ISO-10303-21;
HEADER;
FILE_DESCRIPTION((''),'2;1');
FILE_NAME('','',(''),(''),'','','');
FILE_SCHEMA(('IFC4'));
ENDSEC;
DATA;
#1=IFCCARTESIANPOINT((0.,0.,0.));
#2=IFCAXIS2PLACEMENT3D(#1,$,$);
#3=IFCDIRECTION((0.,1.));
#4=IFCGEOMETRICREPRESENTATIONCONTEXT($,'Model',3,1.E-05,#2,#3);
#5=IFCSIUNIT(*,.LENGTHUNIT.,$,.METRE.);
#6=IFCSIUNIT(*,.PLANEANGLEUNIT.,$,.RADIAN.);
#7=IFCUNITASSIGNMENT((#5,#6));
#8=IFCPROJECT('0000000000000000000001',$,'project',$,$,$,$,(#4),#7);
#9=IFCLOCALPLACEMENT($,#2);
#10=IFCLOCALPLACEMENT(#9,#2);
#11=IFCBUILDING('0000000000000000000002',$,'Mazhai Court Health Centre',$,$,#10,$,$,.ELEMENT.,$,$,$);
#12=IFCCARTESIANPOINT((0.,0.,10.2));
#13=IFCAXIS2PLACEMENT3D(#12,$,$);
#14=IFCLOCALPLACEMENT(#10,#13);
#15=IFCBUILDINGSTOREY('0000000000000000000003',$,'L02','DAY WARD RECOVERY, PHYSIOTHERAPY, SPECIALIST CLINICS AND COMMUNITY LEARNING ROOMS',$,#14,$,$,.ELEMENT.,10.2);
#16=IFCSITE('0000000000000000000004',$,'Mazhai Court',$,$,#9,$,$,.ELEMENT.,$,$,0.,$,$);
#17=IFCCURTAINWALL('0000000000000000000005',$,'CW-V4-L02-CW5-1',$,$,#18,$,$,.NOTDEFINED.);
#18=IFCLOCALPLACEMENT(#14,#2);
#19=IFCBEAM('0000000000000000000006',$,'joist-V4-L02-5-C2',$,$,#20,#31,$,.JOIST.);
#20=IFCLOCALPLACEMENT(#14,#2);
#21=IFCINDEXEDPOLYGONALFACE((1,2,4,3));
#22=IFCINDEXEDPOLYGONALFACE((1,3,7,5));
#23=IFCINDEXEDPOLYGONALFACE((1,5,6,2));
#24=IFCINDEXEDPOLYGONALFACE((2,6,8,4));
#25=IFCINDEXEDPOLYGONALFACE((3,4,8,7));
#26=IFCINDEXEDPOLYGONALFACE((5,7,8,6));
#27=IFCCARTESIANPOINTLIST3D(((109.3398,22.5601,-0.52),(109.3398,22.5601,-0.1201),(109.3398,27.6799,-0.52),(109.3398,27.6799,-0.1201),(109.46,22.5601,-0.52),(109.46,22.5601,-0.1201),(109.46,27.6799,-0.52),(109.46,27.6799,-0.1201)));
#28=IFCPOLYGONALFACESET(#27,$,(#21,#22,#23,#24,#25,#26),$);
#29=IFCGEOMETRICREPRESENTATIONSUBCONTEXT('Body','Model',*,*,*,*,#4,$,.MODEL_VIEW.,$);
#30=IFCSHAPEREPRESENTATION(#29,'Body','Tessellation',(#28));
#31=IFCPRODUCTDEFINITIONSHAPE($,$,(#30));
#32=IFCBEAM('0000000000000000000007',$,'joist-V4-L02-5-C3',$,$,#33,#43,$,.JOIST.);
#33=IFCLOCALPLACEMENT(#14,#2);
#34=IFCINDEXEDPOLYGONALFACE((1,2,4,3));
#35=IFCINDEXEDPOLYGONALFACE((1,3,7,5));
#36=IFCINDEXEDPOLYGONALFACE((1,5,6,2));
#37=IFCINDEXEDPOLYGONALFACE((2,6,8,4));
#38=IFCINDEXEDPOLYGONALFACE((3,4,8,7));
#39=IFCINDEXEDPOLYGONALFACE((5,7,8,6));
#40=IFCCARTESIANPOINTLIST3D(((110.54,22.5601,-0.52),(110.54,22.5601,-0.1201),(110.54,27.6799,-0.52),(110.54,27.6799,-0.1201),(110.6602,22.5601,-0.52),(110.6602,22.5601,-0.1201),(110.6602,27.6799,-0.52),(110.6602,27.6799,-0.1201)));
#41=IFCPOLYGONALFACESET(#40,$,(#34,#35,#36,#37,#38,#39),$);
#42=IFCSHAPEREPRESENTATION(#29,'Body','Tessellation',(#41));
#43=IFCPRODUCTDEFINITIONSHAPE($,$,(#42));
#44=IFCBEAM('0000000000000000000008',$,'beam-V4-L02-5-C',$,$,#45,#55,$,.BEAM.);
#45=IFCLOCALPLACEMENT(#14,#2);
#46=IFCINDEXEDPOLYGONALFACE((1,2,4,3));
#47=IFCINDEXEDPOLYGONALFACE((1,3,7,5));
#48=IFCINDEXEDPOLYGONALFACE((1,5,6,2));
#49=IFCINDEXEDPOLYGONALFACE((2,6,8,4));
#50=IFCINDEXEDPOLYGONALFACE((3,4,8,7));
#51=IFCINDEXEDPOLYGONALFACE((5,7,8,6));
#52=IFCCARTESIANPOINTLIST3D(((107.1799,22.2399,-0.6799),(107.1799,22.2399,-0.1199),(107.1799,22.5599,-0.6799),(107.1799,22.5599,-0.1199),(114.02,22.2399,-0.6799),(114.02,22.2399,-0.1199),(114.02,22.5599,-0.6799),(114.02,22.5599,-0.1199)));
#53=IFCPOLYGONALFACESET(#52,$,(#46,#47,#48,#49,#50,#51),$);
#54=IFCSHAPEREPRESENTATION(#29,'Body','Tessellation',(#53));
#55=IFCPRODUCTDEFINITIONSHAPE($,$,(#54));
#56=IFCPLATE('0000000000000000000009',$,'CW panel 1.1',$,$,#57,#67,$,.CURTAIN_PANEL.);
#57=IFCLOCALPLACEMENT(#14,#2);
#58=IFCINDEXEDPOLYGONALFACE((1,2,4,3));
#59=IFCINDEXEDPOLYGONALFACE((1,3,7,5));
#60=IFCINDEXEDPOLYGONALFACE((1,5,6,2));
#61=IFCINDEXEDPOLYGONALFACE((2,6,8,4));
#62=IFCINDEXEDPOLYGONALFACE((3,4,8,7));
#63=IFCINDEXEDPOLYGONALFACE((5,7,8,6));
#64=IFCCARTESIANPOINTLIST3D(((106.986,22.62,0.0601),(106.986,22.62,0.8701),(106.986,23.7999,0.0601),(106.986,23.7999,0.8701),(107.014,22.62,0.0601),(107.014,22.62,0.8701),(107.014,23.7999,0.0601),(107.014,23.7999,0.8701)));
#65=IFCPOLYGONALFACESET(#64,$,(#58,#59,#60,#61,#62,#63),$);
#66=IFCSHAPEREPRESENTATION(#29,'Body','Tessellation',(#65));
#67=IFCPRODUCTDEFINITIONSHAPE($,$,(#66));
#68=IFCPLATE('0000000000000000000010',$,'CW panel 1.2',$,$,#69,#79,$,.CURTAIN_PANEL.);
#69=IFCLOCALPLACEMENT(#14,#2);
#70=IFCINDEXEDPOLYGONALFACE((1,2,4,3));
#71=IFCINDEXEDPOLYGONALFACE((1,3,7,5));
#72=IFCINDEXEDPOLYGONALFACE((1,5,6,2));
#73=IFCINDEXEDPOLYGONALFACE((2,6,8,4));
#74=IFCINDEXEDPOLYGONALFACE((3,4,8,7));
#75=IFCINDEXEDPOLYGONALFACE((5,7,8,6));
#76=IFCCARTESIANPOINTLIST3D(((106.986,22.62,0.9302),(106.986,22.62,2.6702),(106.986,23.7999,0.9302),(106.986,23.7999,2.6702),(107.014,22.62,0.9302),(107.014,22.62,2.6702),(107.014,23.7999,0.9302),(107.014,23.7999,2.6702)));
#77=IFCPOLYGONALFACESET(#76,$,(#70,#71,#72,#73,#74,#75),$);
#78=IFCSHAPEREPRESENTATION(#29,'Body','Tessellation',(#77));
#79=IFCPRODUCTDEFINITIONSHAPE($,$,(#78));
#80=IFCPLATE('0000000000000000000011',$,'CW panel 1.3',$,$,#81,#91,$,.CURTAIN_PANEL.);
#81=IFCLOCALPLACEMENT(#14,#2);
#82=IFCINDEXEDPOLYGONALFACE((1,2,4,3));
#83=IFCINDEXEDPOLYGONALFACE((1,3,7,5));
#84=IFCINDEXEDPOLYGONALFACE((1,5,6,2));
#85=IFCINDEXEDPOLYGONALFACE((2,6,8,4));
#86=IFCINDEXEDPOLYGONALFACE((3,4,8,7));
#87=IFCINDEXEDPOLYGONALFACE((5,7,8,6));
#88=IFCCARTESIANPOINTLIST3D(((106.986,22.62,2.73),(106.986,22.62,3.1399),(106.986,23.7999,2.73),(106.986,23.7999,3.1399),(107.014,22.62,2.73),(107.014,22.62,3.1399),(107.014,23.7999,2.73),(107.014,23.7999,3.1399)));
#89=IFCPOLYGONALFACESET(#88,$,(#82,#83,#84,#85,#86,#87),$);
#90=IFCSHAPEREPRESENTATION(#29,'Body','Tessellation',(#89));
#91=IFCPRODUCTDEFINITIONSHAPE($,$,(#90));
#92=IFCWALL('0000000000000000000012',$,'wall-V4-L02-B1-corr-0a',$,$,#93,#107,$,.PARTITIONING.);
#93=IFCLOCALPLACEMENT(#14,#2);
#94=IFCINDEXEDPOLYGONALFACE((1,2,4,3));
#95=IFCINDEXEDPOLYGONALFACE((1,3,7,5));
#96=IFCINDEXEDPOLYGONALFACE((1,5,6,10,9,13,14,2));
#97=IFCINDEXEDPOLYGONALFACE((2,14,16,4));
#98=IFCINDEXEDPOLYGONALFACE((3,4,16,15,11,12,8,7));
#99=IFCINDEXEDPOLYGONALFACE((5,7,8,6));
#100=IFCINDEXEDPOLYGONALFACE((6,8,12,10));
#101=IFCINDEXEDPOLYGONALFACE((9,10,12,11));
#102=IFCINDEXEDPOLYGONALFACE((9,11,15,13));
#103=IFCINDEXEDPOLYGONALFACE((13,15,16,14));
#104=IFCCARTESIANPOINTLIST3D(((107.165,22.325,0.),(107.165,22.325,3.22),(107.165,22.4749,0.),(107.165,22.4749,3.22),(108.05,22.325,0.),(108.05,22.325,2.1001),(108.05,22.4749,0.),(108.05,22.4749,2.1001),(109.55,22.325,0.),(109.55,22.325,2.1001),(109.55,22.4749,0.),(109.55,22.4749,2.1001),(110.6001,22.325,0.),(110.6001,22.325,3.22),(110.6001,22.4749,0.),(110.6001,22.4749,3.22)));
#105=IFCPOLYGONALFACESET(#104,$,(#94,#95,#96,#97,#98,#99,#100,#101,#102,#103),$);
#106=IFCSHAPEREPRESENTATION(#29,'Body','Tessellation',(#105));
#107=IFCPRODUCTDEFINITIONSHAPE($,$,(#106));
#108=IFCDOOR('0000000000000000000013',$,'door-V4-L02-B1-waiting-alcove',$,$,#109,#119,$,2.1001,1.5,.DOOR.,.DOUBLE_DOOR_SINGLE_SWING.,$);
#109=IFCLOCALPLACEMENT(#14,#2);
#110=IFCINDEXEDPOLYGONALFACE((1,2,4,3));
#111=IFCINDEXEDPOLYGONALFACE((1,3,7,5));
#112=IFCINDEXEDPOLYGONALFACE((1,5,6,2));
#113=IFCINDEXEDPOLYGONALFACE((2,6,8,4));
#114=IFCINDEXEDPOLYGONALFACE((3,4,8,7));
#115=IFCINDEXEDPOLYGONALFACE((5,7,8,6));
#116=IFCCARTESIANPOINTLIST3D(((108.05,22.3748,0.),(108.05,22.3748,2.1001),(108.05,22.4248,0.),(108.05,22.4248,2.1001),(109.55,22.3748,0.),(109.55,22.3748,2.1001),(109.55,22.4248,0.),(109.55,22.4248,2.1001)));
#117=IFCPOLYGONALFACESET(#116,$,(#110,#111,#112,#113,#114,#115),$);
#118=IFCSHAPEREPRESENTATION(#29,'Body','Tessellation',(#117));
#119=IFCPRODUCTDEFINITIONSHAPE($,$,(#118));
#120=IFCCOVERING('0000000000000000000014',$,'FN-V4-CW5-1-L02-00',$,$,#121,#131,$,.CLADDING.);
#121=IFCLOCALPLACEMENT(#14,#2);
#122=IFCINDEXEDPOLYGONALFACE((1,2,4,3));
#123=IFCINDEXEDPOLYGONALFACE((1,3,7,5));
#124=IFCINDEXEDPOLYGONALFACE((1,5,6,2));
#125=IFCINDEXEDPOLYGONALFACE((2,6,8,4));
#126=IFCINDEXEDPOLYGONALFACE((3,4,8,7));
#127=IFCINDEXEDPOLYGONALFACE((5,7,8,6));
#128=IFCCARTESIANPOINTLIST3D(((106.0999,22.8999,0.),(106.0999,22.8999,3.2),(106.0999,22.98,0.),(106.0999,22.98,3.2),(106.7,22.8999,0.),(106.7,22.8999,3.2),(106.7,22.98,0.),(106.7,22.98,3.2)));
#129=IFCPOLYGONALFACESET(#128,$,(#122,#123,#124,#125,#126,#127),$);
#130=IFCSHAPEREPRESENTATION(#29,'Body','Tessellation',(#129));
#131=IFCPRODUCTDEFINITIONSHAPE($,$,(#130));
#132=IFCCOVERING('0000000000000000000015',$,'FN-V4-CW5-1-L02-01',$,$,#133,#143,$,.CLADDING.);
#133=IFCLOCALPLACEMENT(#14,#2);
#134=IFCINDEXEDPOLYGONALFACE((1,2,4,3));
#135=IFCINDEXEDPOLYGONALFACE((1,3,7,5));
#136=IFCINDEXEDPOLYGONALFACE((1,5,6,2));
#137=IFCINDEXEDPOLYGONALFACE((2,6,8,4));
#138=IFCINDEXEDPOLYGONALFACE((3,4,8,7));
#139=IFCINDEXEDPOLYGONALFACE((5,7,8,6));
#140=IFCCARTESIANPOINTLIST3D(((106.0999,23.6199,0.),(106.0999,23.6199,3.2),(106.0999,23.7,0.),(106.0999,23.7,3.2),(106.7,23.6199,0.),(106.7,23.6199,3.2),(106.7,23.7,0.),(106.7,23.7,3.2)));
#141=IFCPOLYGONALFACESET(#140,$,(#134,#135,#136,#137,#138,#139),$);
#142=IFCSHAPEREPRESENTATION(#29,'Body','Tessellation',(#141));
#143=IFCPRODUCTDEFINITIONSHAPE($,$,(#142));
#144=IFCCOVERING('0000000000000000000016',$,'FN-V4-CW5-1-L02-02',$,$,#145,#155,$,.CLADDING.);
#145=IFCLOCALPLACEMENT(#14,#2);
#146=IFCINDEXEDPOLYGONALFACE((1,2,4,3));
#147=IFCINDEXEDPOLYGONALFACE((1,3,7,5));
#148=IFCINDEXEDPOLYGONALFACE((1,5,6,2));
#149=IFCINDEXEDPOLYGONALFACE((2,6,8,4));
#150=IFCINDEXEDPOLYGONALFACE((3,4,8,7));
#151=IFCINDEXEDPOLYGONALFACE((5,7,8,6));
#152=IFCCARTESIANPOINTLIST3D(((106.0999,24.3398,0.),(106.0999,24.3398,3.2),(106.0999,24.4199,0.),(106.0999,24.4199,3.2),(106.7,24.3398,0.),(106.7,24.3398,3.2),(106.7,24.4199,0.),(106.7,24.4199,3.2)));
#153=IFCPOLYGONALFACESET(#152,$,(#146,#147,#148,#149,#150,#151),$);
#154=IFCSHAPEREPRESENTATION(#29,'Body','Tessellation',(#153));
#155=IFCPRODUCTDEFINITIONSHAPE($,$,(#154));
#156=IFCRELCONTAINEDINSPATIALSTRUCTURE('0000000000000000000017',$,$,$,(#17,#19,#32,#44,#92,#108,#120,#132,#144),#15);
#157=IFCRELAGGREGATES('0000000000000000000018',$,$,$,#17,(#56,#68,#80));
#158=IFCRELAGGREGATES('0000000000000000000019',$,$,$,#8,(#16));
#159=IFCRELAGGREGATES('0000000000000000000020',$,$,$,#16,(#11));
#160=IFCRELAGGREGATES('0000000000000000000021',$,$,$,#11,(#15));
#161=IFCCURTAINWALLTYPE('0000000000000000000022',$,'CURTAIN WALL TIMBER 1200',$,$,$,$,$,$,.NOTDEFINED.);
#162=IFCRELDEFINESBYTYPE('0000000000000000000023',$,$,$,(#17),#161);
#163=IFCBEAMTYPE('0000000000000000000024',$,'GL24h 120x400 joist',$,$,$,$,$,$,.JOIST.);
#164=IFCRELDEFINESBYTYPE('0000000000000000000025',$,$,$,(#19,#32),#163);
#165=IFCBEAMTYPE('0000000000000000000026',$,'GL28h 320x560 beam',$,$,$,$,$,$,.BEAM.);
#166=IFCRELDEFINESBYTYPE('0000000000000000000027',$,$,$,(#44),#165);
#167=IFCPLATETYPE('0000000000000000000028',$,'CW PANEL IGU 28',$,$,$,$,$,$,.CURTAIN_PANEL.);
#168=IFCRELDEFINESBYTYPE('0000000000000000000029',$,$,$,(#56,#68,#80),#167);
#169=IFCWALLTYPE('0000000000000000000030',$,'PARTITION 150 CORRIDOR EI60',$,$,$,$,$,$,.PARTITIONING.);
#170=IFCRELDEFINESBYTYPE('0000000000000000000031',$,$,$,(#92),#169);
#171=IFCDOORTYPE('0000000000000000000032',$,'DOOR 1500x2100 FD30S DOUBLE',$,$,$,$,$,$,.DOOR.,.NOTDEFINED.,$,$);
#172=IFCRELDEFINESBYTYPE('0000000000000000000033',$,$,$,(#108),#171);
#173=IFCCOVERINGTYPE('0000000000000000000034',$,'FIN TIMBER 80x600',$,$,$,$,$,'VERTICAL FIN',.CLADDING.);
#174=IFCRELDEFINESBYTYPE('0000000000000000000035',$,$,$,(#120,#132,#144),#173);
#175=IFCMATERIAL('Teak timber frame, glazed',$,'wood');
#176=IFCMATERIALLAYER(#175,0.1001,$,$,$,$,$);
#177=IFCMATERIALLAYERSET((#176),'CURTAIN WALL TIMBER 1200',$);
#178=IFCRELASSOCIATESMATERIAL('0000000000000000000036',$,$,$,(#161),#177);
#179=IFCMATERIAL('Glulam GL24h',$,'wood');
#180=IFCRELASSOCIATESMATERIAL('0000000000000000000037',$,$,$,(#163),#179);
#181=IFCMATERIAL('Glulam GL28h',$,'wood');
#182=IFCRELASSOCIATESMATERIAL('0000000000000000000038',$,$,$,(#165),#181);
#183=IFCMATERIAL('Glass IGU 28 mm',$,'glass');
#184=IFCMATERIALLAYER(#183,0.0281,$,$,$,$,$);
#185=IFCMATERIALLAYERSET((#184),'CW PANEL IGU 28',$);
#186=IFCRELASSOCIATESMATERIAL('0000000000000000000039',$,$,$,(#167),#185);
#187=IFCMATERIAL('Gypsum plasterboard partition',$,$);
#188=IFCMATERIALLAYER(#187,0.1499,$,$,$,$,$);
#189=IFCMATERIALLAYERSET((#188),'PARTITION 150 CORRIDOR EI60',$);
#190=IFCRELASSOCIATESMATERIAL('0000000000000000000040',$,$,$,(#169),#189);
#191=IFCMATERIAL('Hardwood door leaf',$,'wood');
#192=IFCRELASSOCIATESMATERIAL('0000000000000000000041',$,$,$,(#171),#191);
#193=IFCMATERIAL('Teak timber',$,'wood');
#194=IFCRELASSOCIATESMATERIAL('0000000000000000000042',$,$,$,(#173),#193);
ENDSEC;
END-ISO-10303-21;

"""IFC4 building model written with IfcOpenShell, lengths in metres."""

from ifc_helpers import new_model, si_unit, direction, frame, frame_2d, origin, origin_2d, place, context, subcontext, project, spatial, rectangle, extrude, material, layer, layer_set, material_profile, profile_set, type_object, element, fill, aggregate, save


model = new_model("IFC4")

# Units and contexts
model_context = context("Model", 3, precision=1e-05, world=origin(), true_north=direction((0.0, 1.0)))
body_context = subcontext(model_context, "Body", "Model", "MODEL_VIEW")
ifc_project = project(units=[si_unit("LENGTHUNIT", "METRE"), si_unit("PLANEANGLEUNIT", "RADIAN")], contexts=[model_context])

# Site, building, storey
site_placement = place(None, origin())
site = spatial("IfcSite", under=ifc_project, at=site_placement, Name="Mazhai Court", CompositionType="ELEMENT", RefElevation=0.0)
building_placement = place(site_placement, origin())
building = spatial("IfcBuilding", under=site, at=building_placement, Name="Mazhai Court Health Centre", CompositionType="ELEMENT")
storey_placement = place(building_placement, frame((0.0, 0.0, 10.2)))
storey = spatial("IfcBuildingStorey", under=building, at=storey_placement, Name="L02", Description="DAY WARD RECOVERY, PHYSIOTHERAPY, SPECIALIST CLINICS AND COMMUNITY LEARNING ROOMS", CompositionType="ELEMENT", Elevation=10.2)

# Curtain wall
ifc_material_1 = material(Name="Teak timber frame, glazed", Category="wood")
ifc_layer_1 = layer(ifc_material_1, 0.1001)
ifc_layer_set_1 = layer_set([ifc_layer_1], Name="CURTAIN WALL TIMBER 1200")
curtain_wall_type = type_object("IfcCurtainWallType", Name="CURTAIN WALL TIMBER 1200", PredefinedType="NOTDEFINED", material=ifc_layer_set_1)
curtain_wall_1_placement = place(storey_placement, origin())
curtain_wall_1 = element("IfcCurtainWall", 1, at=curtain_wall_1_placement, inside=storey, type_object=curtain_wall_type, Name="CW-V4-L02-CW5-1", PredefinedType="NOTDEFINED")

# Beams
ifc_material_2 = material(Name="Glulam GL24h", Category="wood")
ifc_material_profile_1 = material_profile(ifc_material_2, rectangle(XDim=0.1201, YDim=0.3999, at=origin_2d()), Name="GL24h 120x400")
ifc_profile_set_1 = profile_set([ifc_material_profile_1], Name="Glulam GL24h")
beam_type_1 = type_object("IfcBeamType", Name="GL24h 120x400 joist", PredefinedType="JOIST", material=ifc_profile_set_1)
for number, where, z_axis, x_axis, name in (
    (2, (109.3999, 22.5601, -0.3201), (0.0, 1.0, 0.0), (-1.0, 0.0, 0.0), "joist-V4-L02-5-C2"),
    (3, (110.6001, 22.5601, -0.3201), (0.0, 1.0, 0.0), (-1.0, 0.0, 0.0), "joist-V4-L02-5-C3"),
):
    element("IfcBeam", number, at=place(storey_placement, frame(where, z_axis=z_axis, x_axis=x_axis)), inside=storey, type_object=beam_type_1, Name=name, PredefinedType="JOIST", context=body_context, shape_type="SweptSolid", body=[
        extrude(rectangle(XDim=0.1201, YDim=0.3999, at=origin_2d()), origin(), (0.0, 0.0, 1.0), 5.1199),
    ])
ifc_material_3 = material(Name="Glulam GL28h", Category="wood")
ifc_material_profile_2 = material_profile(ifc_material_3, rectangle(XDim=0.3201, YDim=0.5601, at=origin_2d()), Name="GL28h 320x560")
ifc_profile_set_2 = profile_set([ifc_material_profile_2], Name="Glulam GL28h")
beam_type_2 = type_object("IfcBeamType", Name="GL28h 320x560 beam", PredefinedType="BEAM", material=ifc_profile_set_2)
beam_placement = place(storey_placement, frame((107.1799, 22.3999, -0.3999), z_axis=(1.0, 0.0, 0.0), x_axis=(0.0, 1.0, 0.0)))
element("IfcBeam", 4, at=beam_placement, inside=storey, type_object=beam_type_2, Name="beam-V4-L02-5-C", PredefinedType="BEAM", context=body_context, shape_type="SweptSolid", body=[
    extrude(rectangle(XDim=0.3201, YDim=0.5601, at=origin_2d()), origin(), (0.0, 0.0, 1.0), 6.8401),
])

# Plates
ifc_material_4 = material(Name="Glass IGU 28 mm", Category="glass")
ifc_layer_2 = layer(ifc_material_4, 0.0281)
ifc_layer_set_2 = layer_set([ifc_layer_2], Name="CW PANEL IGU 28")
plate_type = type_object("IfcPlateType", Name="CW PANEL IGU 28", PredefinedType="CURTAIN_PANEL", material=ifc_layer_set_2)
plate_1_placement = place(storey_placement, frame((107.0, 23.21, 0.0601), z_axis=(0.0, 0.0, 1.0), x_axis=(0.0, 1.0, 0.0)))
plate_1 = element("IfcPlate", 5, at=plate_1_placement, type_object=plate_type, Name="CW panel 1.1", PredefinedType="CURTAIN_PANEL", context=body_context, shape_type="SweptSolid", body=[
    extrude(rectangle(XDim=1.1799, YDim=0.0281, at=origin_2d()), origin(), (0.0, 0.0, 1.0), 0.8101),
])
plate_2_placement = place(storey_placement, frame((107.0, 23.21, 0.9302), z_axis=(0.0, 0.0, 1.0), x_axis=(0.0, 1.0, 0.0)))
plate_2 = element("IfcPlate", 6, at=plate_2_placement, type_object=plate_type, Name="CW panel 1.2", PredefinedType="CURTAIN_PANEL", context=body_context, shape_type="SweptSolid", body=[
    extrude(rectangle(XDim=1.1799, YDim=0.0281, at=origin_2d()), origin(), (0.0, 0.0, 1.0), 1.74),
])
plate_3_placement = place(storey_placement, frame((107.0, 23.21, 2.73), z_axis=(0.0, 0.0, 1.0), x_axis=(0.0, 1.0, 0.0)))
plate_3 = element("IfcPlate", 7, at=plate_3_placement, type_object=plate_type, Name="CW panel 1.3", PredefinedType="CURTAIN_PANEL", context=body_context, shape_type="SweptSolid", body=[
    extrude(rectangle(XDim=1.1799, YDim=0.0281, at=origin_2d()), origin(), (0.0, 0.0, 1.0), 0.4099),
])
aggregate(curtain_wall_1, [plate_1, plate_2, plate_3])

# Wall, opening, door
ifc_material_5 = material(Name="Gypsum plasterboard partition")
ifc_layer_3 = layer(ifc_material_5, 0.1499)
ifc_layer_set_3 = layer_set([ifc_layer_3], Name="PARTITION 150 CORRIDOR EI60")
wall_type = type_object("IfcWallType", Name="PARTITION 150 CORRIDOR EI60", PredefinedType="PARTITIONING", material=ifc_layer_set_3)
wall_placement = place(storey_placement, frame((107.165, 22.3999, 0.0), z_axis=(0.0, 0.0, 1.0), x_axis=(1.0, 0.0, 0.0)))
wall = element("IfcWall", 8, at=wall_placement, inside=storey, type_object=wall_type, Name="wall-V4-L02-B1-corr-0a", PredefinedType="PARTITIONING", context=body_context, shape_type="SweptSolid", body=[
    extrude(rectangle(XDim=3.4351, YDim=0.1499, at=frame_2d((1.7175, 0.0))), origin(), (0.0, 0.0, 1.0), 3.22),
])
opening_placement = place(wall_placement, frame((0.885, 0.0, 0.0)))
opening = element("IfcOpeningElement", 9, at=opening_placement, cuts=wall, PredefinedType="OPENING", context=body_context, shape_type="SweptSolid", body=[
    extrude(rectangle(XDim=1.5, YDim=2.1001, at=frame_2d((0.75, 1.05))), frame((0.0, 0.085, 0.0), z_axis=(0.0, -1.0, 0.0), x_axis=(1.0, 0.0, 0.0)), (0.0, 0.0, 1.0), 0.1699),
])
ifc_material_6 = material(Name="Hardwood door leaf", Category="wood")
door_type = type_object("IfcDoorType", Name="DOOR 1500x2100 FD30S DOUBLE", OperationType="NOTDEFINED", PredefinedType="DOOR", material=ifc_material_6)
door_placement = place(opening_placement, origin())
door = element("IfcDoor", 10, at=door_placement, inside=storey, type_object=door_type, Name="door-V4-L02-B1-waiting-alcove", OperationType="DOUBLE_DOOR_SINGLE_SWING", OverallHeight=2.1001, OverallWidth=1.5, PredefinedType="DOOR", context=body_context, shape_type="SweptSolid", body=[
    extrude(rectangle(XDim=1.5, YDim=2.1001, at=frame_2d((0.75, 1.05))), frame((0.0, 0.0249, 0.0), z_axis=(0.0, -1.0, 0.0), x_axis=(1.0, 0.0, 0.0)), (0.0, 0.0, 1.0), 0.05),
])
fill(opening, door)

# Coverings
ifc_material_7 = material(Name="Teak timber", Category="wood")
covering_type = type_object("IfcCoveringType", Name="FIN TIMBER 80x600", ElementType="VERTICAL FIN", PredefinedType="CLADDING", material=ifc_material_7)
for number, where, z_axis, x_axis, name in (
    (11, (106.3999, 22.9399, 0.0), (0.0, 0.0, 1.0), (0.0, 1.0, 0.0), "FN-V4-CW5-1-L02-00"),
    (12, (106.3999, 23.6599, 0.0), (0.0, 0.0, 1.0), (0.0, 1.0, 0.0), "FN-V4-CW5-1-L02-01"),
    (13, (106.3999, 24.3799, 0.0), (0.0, 0.0, 1.0), (0.0, 1.0, 0.0), "FN-V4-CW5-1-L02-02"),
):
    element("IfcCovering", number, at=place(storey_placement, frame(where, z_axis=z_axis, x_axis=x_axis)), inside=storey, type_object=covering_type, Name=name, PredefinedType="CLADDING", context=body_context, shape_type="SweptSolid", body=[
        extrude(rectangle(XDim=0.0801, YDim=0.6001, at=origin_2d()), origin(), (0.0, 0.0, 1.0), 3.2),
    ])

save(model, "model.ifc")
